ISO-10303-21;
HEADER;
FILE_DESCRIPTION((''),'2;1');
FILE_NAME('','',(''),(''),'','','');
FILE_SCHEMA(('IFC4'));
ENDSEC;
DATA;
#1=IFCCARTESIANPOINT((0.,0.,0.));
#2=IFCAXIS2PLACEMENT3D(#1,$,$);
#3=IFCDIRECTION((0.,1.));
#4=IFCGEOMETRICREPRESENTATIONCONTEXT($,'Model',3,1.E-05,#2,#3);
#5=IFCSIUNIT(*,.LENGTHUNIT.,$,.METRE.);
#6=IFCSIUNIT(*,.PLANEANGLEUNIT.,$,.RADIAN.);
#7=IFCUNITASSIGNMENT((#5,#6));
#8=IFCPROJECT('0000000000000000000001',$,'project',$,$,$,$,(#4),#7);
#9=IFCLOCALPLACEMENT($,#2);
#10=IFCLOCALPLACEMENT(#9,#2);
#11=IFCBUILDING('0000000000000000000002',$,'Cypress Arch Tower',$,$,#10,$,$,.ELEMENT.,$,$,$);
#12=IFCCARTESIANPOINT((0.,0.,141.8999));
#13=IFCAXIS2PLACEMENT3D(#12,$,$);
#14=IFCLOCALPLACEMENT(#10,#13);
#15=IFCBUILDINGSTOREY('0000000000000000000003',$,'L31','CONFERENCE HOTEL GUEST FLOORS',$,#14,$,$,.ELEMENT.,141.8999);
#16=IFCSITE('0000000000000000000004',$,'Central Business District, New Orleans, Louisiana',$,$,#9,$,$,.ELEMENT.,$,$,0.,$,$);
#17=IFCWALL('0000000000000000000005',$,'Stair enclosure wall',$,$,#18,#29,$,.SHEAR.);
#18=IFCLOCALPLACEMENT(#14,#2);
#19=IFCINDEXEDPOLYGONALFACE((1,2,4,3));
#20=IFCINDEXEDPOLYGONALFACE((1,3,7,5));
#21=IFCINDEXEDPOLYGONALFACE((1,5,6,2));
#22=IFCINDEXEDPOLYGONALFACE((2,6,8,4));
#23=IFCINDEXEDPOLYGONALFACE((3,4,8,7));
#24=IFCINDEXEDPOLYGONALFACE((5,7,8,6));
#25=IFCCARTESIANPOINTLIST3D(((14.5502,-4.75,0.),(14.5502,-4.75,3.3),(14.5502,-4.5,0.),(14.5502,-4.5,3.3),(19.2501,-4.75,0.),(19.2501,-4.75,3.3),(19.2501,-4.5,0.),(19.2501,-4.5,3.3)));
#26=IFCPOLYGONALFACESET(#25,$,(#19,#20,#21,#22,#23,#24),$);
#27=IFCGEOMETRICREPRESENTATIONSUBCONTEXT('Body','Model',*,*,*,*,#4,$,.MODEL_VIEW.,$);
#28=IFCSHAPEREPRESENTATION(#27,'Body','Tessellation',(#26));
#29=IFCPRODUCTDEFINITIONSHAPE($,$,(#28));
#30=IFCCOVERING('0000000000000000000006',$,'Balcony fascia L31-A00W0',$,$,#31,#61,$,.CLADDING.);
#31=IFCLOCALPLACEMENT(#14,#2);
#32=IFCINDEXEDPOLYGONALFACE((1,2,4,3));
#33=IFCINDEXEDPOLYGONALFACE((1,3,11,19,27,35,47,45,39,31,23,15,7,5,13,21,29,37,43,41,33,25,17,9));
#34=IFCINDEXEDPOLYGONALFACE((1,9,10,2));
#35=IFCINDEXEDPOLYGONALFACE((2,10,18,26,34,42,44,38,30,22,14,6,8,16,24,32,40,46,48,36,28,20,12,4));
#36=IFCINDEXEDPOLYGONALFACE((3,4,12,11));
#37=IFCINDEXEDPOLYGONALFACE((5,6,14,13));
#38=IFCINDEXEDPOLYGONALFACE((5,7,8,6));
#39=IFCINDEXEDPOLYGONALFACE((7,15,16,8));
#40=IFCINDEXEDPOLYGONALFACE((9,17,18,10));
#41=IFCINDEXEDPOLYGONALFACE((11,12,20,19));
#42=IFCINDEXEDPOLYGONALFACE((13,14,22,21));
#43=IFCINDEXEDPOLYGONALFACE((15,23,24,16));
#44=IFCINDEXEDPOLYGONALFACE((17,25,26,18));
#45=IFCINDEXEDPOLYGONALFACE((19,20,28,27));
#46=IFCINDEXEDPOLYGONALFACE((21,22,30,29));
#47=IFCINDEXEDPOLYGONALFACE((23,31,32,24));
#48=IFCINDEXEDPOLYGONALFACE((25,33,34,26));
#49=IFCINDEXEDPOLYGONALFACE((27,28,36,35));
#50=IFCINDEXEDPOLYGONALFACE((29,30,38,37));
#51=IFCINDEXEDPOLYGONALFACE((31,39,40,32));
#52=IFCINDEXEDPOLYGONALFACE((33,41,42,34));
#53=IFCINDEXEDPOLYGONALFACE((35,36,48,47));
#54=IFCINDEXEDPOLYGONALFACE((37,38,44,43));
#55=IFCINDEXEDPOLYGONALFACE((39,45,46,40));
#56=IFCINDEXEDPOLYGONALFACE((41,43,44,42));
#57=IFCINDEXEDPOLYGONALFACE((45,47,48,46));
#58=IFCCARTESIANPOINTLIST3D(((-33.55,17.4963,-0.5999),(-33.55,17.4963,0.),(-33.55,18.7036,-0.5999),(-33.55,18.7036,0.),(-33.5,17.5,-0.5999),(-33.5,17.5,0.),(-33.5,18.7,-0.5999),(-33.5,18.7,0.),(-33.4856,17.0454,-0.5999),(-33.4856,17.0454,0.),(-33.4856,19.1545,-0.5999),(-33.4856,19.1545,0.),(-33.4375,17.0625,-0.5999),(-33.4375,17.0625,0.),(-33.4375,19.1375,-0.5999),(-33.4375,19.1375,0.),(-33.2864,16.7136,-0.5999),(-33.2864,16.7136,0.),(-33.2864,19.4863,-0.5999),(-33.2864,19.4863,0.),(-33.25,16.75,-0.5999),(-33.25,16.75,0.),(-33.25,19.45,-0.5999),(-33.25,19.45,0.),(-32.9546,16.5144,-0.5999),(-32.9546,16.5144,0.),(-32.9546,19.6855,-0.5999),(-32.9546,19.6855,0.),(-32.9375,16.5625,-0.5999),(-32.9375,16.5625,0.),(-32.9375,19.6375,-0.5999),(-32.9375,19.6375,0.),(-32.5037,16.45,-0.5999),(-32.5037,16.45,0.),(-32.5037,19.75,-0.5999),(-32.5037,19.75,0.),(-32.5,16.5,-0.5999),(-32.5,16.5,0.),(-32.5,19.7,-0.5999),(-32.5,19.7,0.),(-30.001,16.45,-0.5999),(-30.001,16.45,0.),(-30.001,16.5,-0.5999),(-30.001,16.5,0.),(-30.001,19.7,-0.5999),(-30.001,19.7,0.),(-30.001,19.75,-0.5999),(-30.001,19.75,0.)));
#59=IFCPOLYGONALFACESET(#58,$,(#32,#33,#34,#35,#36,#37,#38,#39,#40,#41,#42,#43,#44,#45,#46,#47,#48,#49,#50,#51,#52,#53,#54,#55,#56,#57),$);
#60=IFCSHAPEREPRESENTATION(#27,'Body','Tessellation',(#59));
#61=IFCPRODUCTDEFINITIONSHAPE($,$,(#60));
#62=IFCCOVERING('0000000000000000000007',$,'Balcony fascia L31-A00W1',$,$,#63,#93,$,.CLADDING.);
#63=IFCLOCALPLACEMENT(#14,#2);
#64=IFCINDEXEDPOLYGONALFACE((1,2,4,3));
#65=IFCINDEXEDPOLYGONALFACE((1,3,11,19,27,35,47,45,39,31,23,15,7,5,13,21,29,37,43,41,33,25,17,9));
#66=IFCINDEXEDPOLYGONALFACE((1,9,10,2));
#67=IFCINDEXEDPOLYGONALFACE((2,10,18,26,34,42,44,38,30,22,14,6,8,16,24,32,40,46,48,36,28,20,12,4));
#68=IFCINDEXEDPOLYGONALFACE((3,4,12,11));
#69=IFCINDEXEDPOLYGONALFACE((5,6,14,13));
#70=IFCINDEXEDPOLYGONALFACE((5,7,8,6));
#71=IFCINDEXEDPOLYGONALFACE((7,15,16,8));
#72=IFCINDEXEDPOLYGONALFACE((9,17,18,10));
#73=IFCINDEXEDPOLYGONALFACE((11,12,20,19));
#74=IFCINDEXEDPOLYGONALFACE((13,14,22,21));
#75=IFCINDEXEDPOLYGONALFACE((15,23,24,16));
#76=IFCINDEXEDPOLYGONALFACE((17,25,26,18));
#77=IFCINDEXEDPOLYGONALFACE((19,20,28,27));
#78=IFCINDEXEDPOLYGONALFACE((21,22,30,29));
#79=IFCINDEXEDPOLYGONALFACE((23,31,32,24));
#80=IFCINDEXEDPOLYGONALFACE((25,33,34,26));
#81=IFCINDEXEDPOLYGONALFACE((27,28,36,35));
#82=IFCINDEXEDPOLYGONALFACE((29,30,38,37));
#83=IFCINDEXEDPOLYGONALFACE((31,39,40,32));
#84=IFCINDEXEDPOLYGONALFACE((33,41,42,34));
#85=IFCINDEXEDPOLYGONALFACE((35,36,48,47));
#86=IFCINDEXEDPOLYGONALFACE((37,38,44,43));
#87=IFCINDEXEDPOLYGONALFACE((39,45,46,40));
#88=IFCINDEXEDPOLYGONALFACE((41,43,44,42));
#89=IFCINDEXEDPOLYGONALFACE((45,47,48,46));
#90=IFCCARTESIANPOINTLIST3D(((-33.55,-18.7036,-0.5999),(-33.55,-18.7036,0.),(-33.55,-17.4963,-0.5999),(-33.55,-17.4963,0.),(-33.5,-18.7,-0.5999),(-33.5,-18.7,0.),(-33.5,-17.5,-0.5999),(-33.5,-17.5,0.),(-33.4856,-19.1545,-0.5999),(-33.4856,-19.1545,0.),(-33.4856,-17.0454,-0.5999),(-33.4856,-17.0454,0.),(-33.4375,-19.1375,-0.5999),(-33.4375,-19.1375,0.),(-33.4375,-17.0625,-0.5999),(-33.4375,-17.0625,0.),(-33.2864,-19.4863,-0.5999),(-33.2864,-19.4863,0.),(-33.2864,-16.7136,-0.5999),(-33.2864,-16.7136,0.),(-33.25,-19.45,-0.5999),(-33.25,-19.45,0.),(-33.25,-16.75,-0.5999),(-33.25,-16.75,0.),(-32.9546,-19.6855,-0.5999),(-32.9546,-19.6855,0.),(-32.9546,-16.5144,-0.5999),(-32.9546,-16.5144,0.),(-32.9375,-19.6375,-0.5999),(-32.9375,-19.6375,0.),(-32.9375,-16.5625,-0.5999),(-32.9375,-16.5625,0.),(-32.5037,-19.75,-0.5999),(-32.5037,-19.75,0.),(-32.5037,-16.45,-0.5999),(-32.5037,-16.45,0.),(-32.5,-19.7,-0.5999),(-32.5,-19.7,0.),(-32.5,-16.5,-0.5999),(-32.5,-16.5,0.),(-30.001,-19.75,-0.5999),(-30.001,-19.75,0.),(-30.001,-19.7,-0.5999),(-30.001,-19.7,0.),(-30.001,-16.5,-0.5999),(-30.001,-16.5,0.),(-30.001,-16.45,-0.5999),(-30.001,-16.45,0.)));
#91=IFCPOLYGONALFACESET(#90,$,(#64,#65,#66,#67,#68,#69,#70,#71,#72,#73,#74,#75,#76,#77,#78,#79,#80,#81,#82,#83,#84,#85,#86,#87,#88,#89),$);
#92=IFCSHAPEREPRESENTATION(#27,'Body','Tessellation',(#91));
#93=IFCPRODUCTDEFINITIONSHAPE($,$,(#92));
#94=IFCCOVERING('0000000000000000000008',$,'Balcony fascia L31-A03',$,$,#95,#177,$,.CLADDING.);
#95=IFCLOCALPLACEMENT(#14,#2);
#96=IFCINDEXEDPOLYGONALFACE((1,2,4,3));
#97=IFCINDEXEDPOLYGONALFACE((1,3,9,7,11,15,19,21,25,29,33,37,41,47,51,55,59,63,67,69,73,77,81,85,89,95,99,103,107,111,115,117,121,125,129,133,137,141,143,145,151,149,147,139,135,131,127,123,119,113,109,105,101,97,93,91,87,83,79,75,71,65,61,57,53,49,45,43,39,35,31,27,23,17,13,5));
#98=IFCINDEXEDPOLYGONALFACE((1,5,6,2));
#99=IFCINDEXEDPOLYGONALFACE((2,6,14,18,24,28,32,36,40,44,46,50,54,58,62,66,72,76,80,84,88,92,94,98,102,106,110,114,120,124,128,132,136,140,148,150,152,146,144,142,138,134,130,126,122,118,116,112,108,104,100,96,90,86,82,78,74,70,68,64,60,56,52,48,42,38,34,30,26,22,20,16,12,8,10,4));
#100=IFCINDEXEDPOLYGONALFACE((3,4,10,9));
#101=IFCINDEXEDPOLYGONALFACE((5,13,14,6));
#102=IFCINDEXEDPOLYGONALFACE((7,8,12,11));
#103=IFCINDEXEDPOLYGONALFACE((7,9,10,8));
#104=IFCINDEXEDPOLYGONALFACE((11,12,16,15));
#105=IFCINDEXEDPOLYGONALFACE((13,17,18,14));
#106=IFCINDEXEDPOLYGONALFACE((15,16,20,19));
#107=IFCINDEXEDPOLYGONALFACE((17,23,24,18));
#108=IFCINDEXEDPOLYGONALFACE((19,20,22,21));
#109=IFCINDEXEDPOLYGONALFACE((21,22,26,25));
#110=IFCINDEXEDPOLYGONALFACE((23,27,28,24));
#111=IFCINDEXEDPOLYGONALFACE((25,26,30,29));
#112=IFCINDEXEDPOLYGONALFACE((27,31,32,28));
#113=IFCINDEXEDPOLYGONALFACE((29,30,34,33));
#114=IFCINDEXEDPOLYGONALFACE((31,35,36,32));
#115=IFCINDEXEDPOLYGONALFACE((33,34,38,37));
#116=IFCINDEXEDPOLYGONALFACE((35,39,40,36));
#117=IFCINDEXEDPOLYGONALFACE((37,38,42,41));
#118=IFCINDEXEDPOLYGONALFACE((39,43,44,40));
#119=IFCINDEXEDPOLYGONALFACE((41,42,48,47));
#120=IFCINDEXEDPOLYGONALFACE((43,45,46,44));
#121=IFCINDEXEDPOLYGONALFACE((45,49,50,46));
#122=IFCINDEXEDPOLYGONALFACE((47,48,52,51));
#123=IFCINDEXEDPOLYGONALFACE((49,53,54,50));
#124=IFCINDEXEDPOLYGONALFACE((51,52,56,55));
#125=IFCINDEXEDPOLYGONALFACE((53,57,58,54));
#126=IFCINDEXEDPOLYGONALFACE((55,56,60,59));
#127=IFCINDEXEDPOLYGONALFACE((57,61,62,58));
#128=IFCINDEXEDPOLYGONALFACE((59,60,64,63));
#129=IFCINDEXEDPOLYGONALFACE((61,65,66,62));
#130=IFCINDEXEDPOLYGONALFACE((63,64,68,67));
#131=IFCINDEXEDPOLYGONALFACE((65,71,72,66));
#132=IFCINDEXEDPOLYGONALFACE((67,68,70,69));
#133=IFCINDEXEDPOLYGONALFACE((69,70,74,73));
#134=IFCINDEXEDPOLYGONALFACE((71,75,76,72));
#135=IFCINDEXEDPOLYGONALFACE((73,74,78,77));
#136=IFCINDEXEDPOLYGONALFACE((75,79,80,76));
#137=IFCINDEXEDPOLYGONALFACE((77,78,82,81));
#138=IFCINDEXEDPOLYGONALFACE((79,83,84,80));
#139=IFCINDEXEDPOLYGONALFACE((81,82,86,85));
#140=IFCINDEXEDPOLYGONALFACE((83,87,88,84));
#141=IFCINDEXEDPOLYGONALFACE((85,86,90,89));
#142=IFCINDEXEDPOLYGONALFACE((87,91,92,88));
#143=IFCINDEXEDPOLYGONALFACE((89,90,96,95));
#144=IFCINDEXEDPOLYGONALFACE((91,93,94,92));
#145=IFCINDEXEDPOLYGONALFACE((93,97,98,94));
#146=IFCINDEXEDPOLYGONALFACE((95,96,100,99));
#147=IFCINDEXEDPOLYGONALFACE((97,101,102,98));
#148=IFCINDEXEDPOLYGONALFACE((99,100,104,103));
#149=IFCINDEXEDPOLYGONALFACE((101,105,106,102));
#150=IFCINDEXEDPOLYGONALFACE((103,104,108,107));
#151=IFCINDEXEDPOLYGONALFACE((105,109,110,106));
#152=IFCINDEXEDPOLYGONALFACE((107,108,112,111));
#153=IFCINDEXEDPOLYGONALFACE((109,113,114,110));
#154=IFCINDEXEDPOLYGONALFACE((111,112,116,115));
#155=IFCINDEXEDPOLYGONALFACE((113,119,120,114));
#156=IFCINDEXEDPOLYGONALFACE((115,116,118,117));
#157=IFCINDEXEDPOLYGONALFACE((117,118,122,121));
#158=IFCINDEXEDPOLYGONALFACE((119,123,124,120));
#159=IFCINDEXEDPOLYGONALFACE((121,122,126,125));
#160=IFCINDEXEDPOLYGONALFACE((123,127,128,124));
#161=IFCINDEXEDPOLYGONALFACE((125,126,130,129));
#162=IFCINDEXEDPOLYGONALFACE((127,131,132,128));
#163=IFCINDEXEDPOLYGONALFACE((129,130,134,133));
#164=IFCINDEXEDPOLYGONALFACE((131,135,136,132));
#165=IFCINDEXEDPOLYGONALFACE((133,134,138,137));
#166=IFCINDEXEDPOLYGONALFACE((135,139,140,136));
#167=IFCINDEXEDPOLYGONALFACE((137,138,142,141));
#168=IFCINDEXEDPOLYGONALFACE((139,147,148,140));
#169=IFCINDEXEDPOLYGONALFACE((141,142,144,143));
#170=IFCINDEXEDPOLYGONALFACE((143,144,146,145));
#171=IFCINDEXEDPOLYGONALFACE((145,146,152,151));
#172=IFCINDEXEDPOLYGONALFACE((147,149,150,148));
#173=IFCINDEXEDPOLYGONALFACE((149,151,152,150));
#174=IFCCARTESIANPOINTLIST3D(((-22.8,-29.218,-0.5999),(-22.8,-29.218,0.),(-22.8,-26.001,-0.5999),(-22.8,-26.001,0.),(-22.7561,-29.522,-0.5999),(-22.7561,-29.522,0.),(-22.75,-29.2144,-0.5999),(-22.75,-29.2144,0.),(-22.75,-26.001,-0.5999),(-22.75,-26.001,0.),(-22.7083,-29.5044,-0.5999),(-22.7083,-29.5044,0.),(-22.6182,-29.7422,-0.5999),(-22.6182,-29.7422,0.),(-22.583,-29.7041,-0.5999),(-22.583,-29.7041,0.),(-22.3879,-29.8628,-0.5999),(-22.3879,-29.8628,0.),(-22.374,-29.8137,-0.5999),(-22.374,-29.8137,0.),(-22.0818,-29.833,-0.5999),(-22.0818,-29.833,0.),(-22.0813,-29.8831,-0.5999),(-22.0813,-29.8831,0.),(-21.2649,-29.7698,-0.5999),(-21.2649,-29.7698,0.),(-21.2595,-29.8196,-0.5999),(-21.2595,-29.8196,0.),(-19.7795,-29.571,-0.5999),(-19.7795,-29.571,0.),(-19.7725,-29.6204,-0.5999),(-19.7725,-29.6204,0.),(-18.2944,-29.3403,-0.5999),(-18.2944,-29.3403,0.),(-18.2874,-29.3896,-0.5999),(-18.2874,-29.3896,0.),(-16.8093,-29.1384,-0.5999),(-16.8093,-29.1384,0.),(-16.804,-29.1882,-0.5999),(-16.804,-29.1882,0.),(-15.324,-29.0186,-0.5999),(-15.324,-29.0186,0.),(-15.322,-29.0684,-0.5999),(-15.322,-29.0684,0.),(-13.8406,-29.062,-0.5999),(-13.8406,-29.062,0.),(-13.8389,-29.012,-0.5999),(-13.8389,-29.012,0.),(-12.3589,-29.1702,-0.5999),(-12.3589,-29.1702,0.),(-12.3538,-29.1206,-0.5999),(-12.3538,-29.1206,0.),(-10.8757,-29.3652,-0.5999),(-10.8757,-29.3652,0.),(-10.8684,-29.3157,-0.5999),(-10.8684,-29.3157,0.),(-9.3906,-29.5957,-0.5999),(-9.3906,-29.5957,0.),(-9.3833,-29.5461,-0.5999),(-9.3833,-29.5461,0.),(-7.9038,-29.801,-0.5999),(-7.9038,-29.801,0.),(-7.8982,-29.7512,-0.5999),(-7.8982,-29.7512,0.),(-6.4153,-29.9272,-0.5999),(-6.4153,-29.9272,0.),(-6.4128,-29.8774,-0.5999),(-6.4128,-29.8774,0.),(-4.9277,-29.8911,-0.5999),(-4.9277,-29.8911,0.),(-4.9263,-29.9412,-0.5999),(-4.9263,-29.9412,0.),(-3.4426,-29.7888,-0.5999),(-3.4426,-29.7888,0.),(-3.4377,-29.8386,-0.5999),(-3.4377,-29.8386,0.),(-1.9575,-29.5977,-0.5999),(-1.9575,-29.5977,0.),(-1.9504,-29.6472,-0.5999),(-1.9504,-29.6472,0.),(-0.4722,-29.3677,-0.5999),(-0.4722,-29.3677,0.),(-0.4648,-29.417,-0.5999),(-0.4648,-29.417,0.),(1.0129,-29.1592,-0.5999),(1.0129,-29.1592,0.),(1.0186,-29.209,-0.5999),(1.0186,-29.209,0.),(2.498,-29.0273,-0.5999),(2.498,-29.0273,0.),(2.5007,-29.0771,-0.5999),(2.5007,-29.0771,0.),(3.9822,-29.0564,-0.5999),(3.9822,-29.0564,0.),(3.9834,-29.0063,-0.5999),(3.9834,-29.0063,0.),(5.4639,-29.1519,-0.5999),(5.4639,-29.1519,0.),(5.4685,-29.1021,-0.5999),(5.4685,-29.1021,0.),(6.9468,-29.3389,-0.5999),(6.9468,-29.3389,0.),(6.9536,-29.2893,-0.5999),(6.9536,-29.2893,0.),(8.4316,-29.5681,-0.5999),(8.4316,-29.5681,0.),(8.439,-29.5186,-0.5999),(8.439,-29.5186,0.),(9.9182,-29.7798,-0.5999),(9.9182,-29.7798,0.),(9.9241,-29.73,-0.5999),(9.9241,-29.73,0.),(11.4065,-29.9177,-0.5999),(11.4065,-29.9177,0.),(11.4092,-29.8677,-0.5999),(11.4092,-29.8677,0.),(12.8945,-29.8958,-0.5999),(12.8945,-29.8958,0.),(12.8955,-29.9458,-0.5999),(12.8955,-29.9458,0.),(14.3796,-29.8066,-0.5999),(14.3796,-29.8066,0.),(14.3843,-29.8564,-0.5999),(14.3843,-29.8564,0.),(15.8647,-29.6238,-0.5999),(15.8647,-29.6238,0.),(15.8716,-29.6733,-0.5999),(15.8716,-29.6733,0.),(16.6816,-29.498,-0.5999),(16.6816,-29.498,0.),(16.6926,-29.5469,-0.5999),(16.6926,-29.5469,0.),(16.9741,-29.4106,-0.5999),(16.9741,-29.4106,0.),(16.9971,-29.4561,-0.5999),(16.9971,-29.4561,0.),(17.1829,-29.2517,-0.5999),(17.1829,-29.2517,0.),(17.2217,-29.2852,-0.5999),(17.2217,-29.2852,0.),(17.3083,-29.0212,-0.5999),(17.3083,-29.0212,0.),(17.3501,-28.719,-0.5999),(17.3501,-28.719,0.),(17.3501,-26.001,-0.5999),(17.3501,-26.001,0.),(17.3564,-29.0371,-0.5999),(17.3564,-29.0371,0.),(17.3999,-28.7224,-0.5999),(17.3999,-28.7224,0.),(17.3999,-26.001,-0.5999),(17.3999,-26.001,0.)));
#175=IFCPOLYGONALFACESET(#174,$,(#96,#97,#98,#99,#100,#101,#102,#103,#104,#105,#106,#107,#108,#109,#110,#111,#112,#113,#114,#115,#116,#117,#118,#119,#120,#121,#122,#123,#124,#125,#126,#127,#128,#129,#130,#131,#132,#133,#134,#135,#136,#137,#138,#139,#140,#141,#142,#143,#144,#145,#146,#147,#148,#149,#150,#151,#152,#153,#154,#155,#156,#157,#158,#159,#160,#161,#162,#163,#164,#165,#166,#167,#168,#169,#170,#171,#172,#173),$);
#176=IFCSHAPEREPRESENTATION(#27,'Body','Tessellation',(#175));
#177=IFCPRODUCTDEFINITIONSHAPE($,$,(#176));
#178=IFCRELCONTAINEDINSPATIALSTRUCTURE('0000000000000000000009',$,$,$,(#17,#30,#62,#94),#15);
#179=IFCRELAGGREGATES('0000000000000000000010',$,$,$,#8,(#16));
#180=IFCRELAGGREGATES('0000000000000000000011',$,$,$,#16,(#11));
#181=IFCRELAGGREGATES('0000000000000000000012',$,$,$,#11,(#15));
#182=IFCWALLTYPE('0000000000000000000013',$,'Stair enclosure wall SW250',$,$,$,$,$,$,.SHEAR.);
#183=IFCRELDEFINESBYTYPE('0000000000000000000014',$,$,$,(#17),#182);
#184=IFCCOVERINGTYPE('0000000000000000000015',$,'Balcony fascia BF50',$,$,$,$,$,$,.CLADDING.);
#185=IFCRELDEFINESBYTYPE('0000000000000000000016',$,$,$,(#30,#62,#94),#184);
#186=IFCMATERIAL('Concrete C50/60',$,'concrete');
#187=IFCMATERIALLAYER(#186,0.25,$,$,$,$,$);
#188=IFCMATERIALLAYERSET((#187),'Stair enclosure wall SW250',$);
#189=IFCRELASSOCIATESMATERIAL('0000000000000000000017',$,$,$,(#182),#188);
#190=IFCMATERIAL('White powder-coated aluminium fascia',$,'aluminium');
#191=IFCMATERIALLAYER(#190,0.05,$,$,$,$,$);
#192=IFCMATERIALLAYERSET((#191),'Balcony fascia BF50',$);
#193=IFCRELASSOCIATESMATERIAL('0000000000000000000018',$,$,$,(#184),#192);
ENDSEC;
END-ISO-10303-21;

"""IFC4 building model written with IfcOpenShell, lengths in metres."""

from ifc_helpers import new_model, si_unit, direction, frame, frame_2d, origin, place, context, subcontext, project, spatial, polyline, rectangle, outline, extrude, material, layer, layer_set, type_object, element, save


model = new_model("IFC4")

# Units and contexts
model_context = context("Model", 3, precision=1e-05, world=origin(), true_north=direction((0.0, 1.0)))
body_context = subcontext(model_context, "Body", "Model", "MODEL_VIEW")
ifc_project = project(units=[si_unit("LENGTHUNIT", "METRE"), si_unit("PLANEANGLEUNIT", "RADIAN")], contexts=[model_context])

# Site, building, storey
site_placement = place(None, origin())
site = spatial("IfcSite", under=ifc_project, at=site_placement, Name="Central Business District, New Orleans, Louisiana", CompositionType="ELEMENT", RefElevation=0.0)
building_placement = place(site_placement, origin())
building = spatial("IfcBuilding", under=site, at=building_placement, Name="Cypress Arch Tower", CompositionType="ELEMENT")
storey_placement = place(building_placement, frame((0.0, 0.0, 141.8999)))
storey = spatial("IfcBuildingStorey", under=building, at=storey_placement, Name="L31", Description="CONFERENCE HOTEL GUEST FLOORS", CompositionType="ELEMENT", Elevation=141.8999)

# Shared definitions
ifc_material_1 = material(Name="Concrete C50/60", Category="concrete")
ifc_layer_1 = layer(ifc_material_1, 0.25)
ifc_layer_set_1 = layer_set([ifc_layer_1], Name="Stair enclosure wall SW250")
wall_type_1 = type_object("IfcWallType", Name="Stair enclosure wall SW250", PredefinedType="SHEAR", material=ifc_layer_set_1)

# Wall
wall_1_placement = place(storey_placement, frame((14.55, -4.625, 0.0), z_axis=(0.0, 0.0, 1.0), x_axis=(1.0, 0.0, 0.0)))
element("IfcWall", 1, at=wall_1_placement, inside=storey, type_object=wall_type_1, Name="Stair enclosure wall", PredefinedType="SHEAR", context=body_context, shape_type="SweptSolid", body=[
    extrude(rectangle(XDim=4.7, YDim=0.25, at=frame_2d((2.3501, 0.0))), origin(), (0.0, 0.0, 1.0), 3.3),
])

# Coverings
ifc_material_2 = material(Name="White powder-coated aluminium fascia", Category="aluminium")
ifc_layer_2 = layer(ifc_material_2, 0.05)
ifc_layer_set_2 = layer_set([ifc_layer_2], Name="Balcony fascia BF50")
covering_type = type_object("IfcCoveringType", Name="Balcony fascia BF50", PredefinedType="CLADDING", material=ifc_layer_set_2)
covering_1_placement = place(storey_placement, frame((0.0, 0.0, -0.5999)))
element("IfcCovering", 2, at=covering_1_placement, inside=storey, type_object=covering_type, Name="Balcony fascia L31-A00W0", PredefinedType="CLADDING", context=body_context, shape_type="SweptSolid", body=[
    extrude(outline(polyline([(-32.5037, 16.45), (-32.9546, 16.5144), (-33.2864, 16.7136), (-33.4856, 17.0454), (-33.55, 17.4963), (-33.55, 18.7036), (-33.4856, 19.1545), (-33.2864, 19.4863), (-32.9546, 19.6855), (-32.5037, 19.75), (-30.001, 19.75), (-30.001, 19.7), (-32.5, 19.7), (-32.9375, 19.6375), (-33.25, 19.45), (-33.4375, 19.1375), (-33.5, 18.7), (-33.5, 17.5), (-33.4375, 17.0625), (-33.25, 16.75), (-32.9375, 16.5625), (-32.5, 16.5), (-30.001, 16.5), (-30.001, 16.45), (-32.5037, 16.45)])), origin(), (0.0, 0.0, 1.0), 0.5999),
])
covering_2_placement = place(storey_placement, frame((0.0, 0.0, -0.5999)))
element("IfcCovering", 3, at=covering_2_placement, inside=storey, type_object=covering_type, Name="Balcony fascia L31-A00W1", PredefinedType="CLADDING", context=body_context, shape_type="SweptSolid", body=[
    extrude(outline(polyline([(-32.5037, -19.75), (-32.9546, -19.6855), (-33.2864, -19.4863), (-33.4856, -19.1545), (-33.55, -18.7036), (-33.55, -17.4963), (-33.4856, -17.0454), (-33.2864, -16.7136), (-32.9546, -16.5144), (-32.5037, -16.45), (-30.001, -16.45), (-30.001, -16.5), (-32.5, -16.5), (-32.9375, -16.5625), (-33.25, -16.75), (-33.4375, -17.0625), (-33.5, -17.5), (-33.5, -18.7), (-33.4375, -19.1375), (-33.25, -19.45), (-32.9375, -19.6375), (-32.5, -19.7), (-30.001, -19.7), (-30.001, -19.75), (-32.5037, -19.75)])), origin(), (0.0, 0.0, 1.0), 0.5999),
])
covering_3_placement = place(storey_placement, frame((0.0, 0.0, -0.5999)))
element("IfcCovering", 4, at=covering_3_placement, inside=storey, type_object=covering_type, Name="Balcony fascia L31-A03", PredefinedType="CLADDING", context=body_context, shape_type="SweptSolid", body=[
    extrude(outline(polyline([(17.3999, -28.7224), (17.3564, -29.0371), (17.2217, -29.2852), (16.9971, -29.4561), (16.6926, -29.5469), (15.8716, -29.6733), (14.3843, -29.8564), (12.8955, -29.9458), (11.4065, -29.9177), (9.9182, -29.7798), (8.4316, -29.5681), (6.9468, -29.3389), (5.4639, -29.1519), (3.9822, -29.0564), (2.5007, -29.0771), (1.0186, -29.209), (-0.4648, -29.417), (-1.9504, -29.6472), (-3.4377, -29.8386), (-4.9263, -29.9412), (-6.4153, -29.9272), (-7.9038, -29.801), (-9.3906, -29.5957), (-10.8757, -29.3652), (-12.3589, -29.1702), (-13.8406, -29.062), (-15.322, -29.0684), (-16.804, -29.1882), (-18.2874, -29.3896), (-19.7725, -29.6204), (-21.2595, -29.8196), (-22.0813, -29.8831), (-22.3879, -29.8628), (-22.6182, -29.7422), (-22.7561, -29.522), (-22.8, -29.218), (-22.8, -26.001), (-22.75, -26.001), (-22.75, -29.2144), (-22.7083, -29.5044), (-22.583, -29.7041), (-22.374, -29.8137), (-22.0818, -29.833), (-21.2649, -29.7698), (-19.7795, -29.571), (-18.2944, -29.3403), (-16.8093, -29.1384), (-15.324, -29.0186), (-13.8389, -29.012), (-12.3538, -29.1206), (-10.8684, -29.3157), (-9.3833, -29.5461), (-7.8982, -29.7512), (-6.4128, -29.8774), (-4.9277, -29.8911), (-3.4426, -29.7888), (-1.9575, -29.5977), (-0.4722, -29.3677), (1.0129, -29.1592), (2.498, -29.0273), (3.9834, -29.0063), (5.4685, -29.1021), (6.9536, -29.2893), (8.439, -29.5186), (9.9241, -29.73), (11.4092, -29.8677), (12.8945, -29.8958), (14.3796, -29.8066), (15.8647, -29.6238), (16.6816, -29.498), (16.9741, -29.4106), (17.1829, -29.2517), (17.3083, -29.0212), (17.3501, -28.719), (17.3501, -26.001), (17.3999, -26.001), (17.3999, -28.7224)])), origin(), (0.0, 0.0, 1.0), 0.5999),
])

save(model, "model.ifc")
